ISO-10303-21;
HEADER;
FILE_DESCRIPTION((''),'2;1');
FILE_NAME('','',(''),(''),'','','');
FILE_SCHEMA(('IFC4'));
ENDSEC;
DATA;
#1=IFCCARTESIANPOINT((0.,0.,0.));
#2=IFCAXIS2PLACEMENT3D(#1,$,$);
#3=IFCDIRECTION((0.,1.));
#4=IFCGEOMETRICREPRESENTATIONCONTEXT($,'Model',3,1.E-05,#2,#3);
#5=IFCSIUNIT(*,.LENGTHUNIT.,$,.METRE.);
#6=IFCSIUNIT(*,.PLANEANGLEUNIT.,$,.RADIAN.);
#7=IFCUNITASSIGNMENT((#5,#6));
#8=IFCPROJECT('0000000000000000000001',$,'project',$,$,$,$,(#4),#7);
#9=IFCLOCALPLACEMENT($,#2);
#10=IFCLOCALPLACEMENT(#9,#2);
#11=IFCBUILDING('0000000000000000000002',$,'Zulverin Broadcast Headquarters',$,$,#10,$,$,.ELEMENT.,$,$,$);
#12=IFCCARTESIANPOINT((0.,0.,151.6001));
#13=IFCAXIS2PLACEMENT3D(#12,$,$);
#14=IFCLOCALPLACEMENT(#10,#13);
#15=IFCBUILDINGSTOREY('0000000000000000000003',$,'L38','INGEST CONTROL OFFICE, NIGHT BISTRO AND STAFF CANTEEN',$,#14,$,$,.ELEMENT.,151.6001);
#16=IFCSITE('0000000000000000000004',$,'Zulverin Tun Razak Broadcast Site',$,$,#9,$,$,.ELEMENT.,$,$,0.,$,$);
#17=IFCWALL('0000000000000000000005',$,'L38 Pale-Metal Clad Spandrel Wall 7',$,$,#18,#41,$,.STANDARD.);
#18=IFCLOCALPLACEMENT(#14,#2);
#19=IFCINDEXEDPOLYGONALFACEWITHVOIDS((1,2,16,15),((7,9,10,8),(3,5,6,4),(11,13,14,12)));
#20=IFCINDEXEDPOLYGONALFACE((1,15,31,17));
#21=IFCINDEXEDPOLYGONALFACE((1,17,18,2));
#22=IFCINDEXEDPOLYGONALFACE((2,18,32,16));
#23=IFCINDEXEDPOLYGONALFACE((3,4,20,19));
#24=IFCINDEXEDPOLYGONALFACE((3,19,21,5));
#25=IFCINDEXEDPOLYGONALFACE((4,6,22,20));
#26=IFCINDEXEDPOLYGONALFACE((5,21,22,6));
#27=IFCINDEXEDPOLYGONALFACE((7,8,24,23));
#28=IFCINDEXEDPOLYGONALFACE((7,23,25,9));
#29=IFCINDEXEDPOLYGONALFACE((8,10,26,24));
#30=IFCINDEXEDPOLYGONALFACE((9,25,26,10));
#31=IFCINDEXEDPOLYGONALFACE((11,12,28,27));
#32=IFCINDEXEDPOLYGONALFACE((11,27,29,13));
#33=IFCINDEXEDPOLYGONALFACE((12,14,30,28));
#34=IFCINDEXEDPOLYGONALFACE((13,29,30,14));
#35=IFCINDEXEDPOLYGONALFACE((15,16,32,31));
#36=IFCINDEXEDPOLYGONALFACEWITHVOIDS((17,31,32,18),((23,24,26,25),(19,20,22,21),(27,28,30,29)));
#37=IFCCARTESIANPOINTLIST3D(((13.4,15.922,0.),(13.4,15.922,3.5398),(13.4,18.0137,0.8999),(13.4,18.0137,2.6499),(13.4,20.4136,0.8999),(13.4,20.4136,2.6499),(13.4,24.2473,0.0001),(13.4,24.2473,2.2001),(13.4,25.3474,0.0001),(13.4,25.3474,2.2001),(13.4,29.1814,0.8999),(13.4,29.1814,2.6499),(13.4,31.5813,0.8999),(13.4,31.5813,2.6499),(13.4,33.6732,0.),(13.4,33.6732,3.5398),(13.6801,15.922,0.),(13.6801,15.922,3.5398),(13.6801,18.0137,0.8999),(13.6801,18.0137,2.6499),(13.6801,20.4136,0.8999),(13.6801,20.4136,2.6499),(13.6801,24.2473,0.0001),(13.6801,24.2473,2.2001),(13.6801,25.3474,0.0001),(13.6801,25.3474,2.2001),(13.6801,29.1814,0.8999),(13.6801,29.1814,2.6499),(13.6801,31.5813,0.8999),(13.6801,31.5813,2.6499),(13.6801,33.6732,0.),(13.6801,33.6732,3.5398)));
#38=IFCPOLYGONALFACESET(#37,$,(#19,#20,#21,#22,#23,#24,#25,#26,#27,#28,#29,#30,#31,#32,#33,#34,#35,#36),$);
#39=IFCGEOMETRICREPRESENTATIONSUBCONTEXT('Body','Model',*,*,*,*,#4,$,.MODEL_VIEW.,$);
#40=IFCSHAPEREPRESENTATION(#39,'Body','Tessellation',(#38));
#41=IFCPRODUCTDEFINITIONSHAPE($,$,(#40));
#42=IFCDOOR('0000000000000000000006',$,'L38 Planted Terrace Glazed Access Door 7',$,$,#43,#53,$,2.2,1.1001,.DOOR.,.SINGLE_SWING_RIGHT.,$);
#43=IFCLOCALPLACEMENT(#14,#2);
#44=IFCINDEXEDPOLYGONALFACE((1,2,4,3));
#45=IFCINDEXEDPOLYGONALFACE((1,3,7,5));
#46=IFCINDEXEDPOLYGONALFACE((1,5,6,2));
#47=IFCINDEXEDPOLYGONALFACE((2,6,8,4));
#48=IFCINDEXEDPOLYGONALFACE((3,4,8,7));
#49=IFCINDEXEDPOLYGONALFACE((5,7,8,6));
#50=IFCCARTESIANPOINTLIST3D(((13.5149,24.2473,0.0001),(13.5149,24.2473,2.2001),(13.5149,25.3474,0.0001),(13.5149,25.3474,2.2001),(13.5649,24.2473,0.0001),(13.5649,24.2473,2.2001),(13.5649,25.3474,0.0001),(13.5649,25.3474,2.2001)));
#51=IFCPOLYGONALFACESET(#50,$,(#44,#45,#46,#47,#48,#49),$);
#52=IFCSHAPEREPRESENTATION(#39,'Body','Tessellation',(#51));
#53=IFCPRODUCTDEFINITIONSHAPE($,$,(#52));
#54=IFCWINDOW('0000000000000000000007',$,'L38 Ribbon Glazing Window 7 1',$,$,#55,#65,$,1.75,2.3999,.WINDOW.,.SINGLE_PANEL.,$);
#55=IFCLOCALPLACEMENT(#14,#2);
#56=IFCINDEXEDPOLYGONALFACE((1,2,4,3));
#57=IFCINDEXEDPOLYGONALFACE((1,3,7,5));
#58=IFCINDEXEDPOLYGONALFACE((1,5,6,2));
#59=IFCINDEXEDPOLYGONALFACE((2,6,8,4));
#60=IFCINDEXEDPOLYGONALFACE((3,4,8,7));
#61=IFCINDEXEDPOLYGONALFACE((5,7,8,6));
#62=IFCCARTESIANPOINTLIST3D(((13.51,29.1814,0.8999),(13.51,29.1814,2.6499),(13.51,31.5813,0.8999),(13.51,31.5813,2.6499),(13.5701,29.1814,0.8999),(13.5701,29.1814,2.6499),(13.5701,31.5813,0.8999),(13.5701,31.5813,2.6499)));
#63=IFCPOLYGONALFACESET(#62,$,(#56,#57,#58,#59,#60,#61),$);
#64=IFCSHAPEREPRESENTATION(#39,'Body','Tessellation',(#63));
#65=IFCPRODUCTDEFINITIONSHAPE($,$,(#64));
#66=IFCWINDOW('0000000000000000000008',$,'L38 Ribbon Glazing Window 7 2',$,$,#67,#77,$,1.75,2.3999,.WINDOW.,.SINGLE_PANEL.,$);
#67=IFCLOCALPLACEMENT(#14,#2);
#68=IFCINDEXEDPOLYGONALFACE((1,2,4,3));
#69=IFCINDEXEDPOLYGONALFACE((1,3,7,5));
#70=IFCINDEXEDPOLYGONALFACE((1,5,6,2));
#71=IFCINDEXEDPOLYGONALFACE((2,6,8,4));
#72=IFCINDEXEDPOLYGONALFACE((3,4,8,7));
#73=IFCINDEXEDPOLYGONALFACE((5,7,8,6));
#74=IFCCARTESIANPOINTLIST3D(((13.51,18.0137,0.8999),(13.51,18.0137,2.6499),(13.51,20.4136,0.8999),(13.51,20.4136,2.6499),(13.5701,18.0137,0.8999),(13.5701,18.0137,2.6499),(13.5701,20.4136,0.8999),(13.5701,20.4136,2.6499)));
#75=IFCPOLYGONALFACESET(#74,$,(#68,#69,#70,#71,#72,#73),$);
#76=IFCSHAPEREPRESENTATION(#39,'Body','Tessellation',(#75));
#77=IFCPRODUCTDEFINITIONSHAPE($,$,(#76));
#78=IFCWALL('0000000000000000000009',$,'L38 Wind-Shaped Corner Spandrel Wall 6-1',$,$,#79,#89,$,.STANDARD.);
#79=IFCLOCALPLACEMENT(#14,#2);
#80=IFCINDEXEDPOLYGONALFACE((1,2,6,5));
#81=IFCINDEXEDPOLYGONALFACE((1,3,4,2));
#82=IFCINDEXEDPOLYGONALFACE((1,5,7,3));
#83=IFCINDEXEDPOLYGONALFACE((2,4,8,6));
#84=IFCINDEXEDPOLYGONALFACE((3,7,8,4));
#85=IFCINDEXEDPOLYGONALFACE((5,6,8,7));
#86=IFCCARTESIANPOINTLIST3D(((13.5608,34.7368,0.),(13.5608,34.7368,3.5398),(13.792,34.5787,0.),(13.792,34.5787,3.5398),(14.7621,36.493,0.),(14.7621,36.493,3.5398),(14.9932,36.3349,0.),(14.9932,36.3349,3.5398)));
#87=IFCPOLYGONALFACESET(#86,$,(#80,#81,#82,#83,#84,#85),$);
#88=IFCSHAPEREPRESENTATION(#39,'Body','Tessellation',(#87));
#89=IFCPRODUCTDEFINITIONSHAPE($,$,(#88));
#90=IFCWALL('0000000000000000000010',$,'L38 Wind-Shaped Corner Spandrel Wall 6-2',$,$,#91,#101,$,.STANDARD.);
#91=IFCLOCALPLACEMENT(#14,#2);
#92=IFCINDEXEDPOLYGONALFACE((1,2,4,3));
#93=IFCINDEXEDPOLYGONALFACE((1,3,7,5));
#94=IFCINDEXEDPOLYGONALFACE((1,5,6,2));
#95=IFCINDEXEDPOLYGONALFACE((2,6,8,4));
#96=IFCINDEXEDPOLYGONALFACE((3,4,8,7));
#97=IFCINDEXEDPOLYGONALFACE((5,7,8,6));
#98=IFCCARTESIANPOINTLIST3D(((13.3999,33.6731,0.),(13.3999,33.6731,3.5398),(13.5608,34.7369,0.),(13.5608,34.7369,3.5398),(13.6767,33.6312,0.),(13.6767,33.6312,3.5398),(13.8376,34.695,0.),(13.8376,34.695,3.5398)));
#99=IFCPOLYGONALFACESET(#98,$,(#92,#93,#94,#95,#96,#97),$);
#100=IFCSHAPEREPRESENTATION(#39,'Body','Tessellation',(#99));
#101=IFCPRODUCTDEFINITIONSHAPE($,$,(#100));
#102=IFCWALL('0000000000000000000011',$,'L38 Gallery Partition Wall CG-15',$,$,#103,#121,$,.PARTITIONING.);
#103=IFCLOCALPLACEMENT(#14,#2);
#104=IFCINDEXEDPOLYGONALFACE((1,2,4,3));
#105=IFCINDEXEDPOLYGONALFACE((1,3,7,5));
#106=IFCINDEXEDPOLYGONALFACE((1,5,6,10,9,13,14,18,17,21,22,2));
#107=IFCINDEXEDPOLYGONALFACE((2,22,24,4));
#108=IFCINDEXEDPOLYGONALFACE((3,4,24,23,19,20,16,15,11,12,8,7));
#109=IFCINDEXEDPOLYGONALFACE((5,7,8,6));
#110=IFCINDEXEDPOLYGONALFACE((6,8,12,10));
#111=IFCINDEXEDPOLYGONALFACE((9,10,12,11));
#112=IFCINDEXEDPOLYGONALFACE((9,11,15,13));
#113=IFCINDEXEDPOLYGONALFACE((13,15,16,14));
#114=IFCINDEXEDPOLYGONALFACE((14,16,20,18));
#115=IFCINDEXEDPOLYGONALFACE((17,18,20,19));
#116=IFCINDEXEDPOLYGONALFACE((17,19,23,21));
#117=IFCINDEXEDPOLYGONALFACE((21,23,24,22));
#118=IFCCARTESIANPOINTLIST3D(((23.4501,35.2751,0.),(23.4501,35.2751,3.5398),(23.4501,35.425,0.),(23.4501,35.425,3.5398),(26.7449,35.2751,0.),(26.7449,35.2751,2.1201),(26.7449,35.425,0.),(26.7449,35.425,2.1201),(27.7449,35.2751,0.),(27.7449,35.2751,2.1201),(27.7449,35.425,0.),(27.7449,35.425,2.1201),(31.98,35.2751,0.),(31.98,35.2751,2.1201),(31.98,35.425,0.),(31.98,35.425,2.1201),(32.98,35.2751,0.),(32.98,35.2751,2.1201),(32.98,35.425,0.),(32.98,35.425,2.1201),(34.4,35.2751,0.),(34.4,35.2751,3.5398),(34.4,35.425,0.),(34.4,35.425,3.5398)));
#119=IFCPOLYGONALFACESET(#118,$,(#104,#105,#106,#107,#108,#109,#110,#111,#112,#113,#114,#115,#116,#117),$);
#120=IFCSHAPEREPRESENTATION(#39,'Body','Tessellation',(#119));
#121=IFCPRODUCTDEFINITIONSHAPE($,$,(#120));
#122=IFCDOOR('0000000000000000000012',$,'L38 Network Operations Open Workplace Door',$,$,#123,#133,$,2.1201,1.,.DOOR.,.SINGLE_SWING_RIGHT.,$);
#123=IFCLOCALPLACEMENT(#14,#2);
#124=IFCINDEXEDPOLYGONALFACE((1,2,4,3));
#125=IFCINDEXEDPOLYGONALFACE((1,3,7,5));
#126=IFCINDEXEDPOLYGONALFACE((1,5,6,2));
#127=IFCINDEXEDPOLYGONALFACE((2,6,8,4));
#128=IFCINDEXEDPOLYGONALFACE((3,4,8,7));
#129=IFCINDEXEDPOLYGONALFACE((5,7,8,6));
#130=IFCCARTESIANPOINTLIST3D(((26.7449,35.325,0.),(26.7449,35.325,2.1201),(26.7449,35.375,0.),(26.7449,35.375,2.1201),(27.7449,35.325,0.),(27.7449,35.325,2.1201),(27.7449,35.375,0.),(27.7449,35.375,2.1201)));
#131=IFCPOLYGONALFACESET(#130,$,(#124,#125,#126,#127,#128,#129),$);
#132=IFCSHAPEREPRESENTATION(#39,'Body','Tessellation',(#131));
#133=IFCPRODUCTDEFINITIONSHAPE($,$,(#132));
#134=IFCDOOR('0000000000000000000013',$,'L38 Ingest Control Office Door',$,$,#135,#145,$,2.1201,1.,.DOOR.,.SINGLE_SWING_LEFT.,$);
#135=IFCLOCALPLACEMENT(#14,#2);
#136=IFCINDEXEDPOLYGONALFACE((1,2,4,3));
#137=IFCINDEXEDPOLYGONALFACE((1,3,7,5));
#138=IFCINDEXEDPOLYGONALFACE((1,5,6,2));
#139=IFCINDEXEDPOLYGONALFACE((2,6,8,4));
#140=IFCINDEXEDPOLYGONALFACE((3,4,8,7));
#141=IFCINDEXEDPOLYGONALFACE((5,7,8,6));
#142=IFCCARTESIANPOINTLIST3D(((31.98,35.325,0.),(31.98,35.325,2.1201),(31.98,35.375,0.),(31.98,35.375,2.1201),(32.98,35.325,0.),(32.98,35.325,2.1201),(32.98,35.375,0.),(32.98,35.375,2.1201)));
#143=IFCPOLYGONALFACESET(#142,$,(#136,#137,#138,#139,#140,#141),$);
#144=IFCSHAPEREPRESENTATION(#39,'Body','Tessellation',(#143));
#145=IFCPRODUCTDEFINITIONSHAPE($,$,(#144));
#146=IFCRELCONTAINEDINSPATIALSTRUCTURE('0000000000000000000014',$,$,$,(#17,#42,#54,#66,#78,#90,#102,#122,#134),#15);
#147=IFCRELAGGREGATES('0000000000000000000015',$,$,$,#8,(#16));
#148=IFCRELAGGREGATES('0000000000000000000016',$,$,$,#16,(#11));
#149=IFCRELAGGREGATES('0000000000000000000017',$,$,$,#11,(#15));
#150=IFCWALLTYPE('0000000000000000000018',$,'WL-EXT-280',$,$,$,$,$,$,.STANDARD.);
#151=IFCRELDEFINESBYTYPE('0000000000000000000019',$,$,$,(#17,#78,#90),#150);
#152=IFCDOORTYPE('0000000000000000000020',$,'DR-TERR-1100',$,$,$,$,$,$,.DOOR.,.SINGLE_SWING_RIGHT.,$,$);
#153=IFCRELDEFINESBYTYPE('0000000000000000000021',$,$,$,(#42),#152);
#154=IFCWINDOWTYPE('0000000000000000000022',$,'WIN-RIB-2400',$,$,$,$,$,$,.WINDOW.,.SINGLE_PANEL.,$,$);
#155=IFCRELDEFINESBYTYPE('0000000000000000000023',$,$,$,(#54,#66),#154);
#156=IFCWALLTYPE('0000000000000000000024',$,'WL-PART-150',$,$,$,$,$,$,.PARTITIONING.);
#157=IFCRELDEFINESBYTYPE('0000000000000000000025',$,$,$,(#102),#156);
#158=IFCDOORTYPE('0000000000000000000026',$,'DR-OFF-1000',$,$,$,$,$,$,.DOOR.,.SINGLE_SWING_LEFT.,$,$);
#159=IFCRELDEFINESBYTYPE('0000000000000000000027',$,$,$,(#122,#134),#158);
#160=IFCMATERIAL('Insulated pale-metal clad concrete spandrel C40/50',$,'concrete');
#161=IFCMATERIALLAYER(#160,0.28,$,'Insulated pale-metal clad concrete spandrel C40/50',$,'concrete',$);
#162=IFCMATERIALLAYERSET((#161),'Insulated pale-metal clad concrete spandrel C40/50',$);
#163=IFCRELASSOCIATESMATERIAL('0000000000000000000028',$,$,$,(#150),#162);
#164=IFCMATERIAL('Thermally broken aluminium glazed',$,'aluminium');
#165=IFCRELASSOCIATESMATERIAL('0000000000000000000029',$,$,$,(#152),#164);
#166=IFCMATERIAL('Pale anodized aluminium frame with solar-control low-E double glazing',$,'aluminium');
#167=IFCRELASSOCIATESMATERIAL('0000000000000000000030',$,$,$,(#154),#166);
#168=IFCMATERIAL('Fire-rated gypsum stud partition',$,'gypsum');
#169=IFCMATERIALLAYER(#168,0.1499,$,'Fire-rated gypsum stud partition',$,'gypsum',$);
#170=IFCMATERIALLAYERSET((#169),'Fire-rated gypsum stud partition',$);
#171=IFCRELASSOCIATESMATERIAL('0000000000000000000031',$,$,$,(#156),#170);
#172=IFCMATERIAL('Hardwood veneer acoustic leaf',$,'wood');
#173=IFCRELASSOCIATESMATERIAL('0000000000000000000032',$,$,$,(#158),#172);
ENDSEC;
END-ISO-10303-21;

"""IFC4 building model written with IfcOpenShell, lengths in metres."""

from ifc_helpers import new_model, si_unit, direction, frame, frame_2d, origin, place, context, subcontext, project, spatial, rectangle, extrude, material, layer, layer_set, type_object, element, fill, save


model = new_model("IFC4")

# Units and contexts
model_context = context("Model", 3, precision=1e-05, world=origin(), true_north=direction((0.0, 1.0)))
body_context = subcontext(model_context, "Body", "Model", "MODEL_VIEW")
ifc_project = project(units=[si_unit("LENGTHUNIT", "METRE"), si_unit("PLANEANGLEUNIT", "RADIAN")], contexts=[model_context])

# Site, building, storey
site_placement = place(None, origin())
site = spatial("IfcSite", under=ifc_project, at=site_placement, Name="Zulverin Tun Razak Broadcast Site", CompositionType="ELEMENT", RefElevation=0.0)
building_placement = place(site_placement, origin())
building = spatial("IfcBuilding", under=site, at=building_placement, Name="Zulverin Broadcast Headquarters", CompositionType="ELEMENT")
storey_placement = place(building_placement, frame((0.0, 0.0, 151.6001)))
storey = spatial("IfcBuildingStorey", under=building, at=storey_placement, Name="L38", Description="INGEST CONTROL OFFICE, NIGHT BISTRO AND STAFF CANTEEN", CompositionType="ELEMENT", Elevation=151.6001)

# Wall, openings, door, windows
ifc_material_1 = material(Name="Insulated pale-metal clad concrete spandrel C40/50", Category="concrete")
ifc_layer_1 = layer(ifc_material_1, 0.28, Name="Insulated pale-metal clad concrete spandrel C40/50", Category="concrete")
ifc_layer_set_1 = layer_set([ifc_layer_1], Name="Insulated pale-metal clad concrete spandrel C40/50")
wall_type_1 = type_object("IfcWallType", Name="WL-EXT-280", PredefinedType="STANDARD", material=ifc_layer_set_1)
wall_1_placement = place(storey_placement, frame((13.54, 33.6731, 0.0), z_axis=(0.0, 0.0, 1.0), x_axis=(0.0, -1.0, 0.0)))
wall_1 = element("IfcWall", 1, at=wall_1_placement, inside=storey, type_object=wall_type_1, Name="L38 Pale-Metal Clad Spandrel Wall 7", PredefinedType="STANDARD", context=body_context, shape_type="SweptSolid", body=[
    extrude(rectangle(XDim=17.7512, YDim=0.28, at=frame_2d((8.8755, 0.0))), origin(), (0.0, 0.0, 1.0), 3.5398),
])
opening_1_placement = place(wall_1_placement, frame((8.3257, 0.0, 0.0)))
opening_1 = element("IfcOpeningElement", 2, at=opening_1_placement, cuts=wall_1, PredefinedType="OPENING", context=body_context, shape_type="SweptSolid", body=[
    extrude(rectangle(XDim=1.1001, YDim=2.2, at=frame_2d((0.55, 1.1001))), frame((0.0, 0.1499, 0.0), z_axis=(0.0, -1.0, 0.0), x_axis=(1.0, 0.0, 0.0)), (0.0, 0.0, 1.0), 0.3),
])
opening_2_placement = place(wall_1_placement, frame((2.0918, 0.0, 0.8999)))
opening_2 = element("IfcOpeningElement", 3, at=opening_2_placement, cuts=wall_1, PredefinedType="OPENING", context=body_context, shape_type="SweptSolid", body=[
    extrude(rectangle(XDim=2.3999, YDim=1.75, at=frame_2d((1.2, 0.875))), frame((0.0, 0.1499, 0.0), z_axis=(0.0, -1.0, 0.0), x_axis=(1.0, 0.0, 0.0)), (0.0, 0.0, 1.0), 0.3),
])
opening_3_placement = place(wall_1_placement, frame((13.2595, 0.0, 0.8999)))
opening_3 = element("IfcOpeningElement", 4, at=opening_3_placement, cuts=wall_1, PredefinedType="OPENING", context=body_context, shape_type="SweptSolid", body=[
    extrude(rectangle(XDim=2.3999, YDim=1.75, at=frame_2d((1.2, 0.875))), frame((0.0, 0.1499, 0.0), z_axis=(0.0, -1.0, 0.0), x_axis=(1.0, 0.0, 0.0)), (0.0, 0.0, 1.0), 0.3),
])
ifc_material_2 = material(Name="Thermally broken aluminium glazed", Category="aluminium")
door_type_1 = type_object("IfcDoorType", Name="DR-TERR-1100", OperationType="SINGLE_SWING_RIGHT", PredefinedType="DOOR", material=ifc_material_2)
door_1_placement = place(opening_1_placement, origin())
door_1 = element("IfcDoor", 5, at=door_1_placement, inside=storey, type_object=door_type_1, Name="L38 Planted Terrace Glazed Access Door 7", OperationType="SINGLE_SWING_RIGHT", OverallHeight=2.2, OverallWidth=1.1001, PredefinedType="DOOR", context=body_context, shape_type="SweptSolid", body=[
    extrude(rectangle(XDim=1.1001, YDim=2.2, at=frame_2d((0.55, 1.1001))), frame((0.0, 0.0249, 0.0), z_axis=(0.0, -1.0, 0.0), x_axis=(1.0, 0.0, 0.0)), (0.0, 0.0, 1.0), 0.05),
])
fill(opening_1, door_1)
ifc_material_3 = material(Name="Pale anodized aluminium frame with solar-control low-E double glazing", Category="aluminium")
window_type = type_object("IfcWindowType", Name="WIN-RIB-2400", PartitioningType="SINGLE_PANEL", PredefinedType="WINDOW", material=ifc_material_3)
window_1_placement = place(opening_2_placement, origin())
window_1 = element("IfcWindow", 6, at=window_1_placement, inside=storey, type_object=window_type, Name="L38 Ribbon Glazing Window 7 1", OverallHeight=1.75, OverallWidth=2.3999, PartitioningType="SINGLE_PANEL", PredefinedType="WINDOW", context=body_context, shape_type="SweptSolid", body=[
    extrude(rectangle(XDim=2.3999, YDim=1.75, at=frame_2d((1.2, 0.875))), frame((0.0, 0.03, 0.0), z_axis=(0.0, -1.0, 0.0), x_axis=(1.0, 0.0, 0.0)), (0.0, 0.0, 1.0), 0.0601),
])
fill(opening_2, window_1)
window_2_placement = place(opening_3_placement, origin())
window_2 = element("IfcWindow", 7, at=window_2_placement, inside=storey, type_object=window_type, Name="L38 Ribbon Glazing Window 7 2", OverallHeight=1.75, OverallWidth=2.3999, PartitioningType="SINGLE_PANEL", PredefinedType="WINDOW", context=body_context, shape_type="SweptSolid", body=[
    extrude(rectangle(XDim=2.3999, YDim=1.75, at=frame_2d((1.2, 0.875))), frame((0.0, 0.03, 0.0), z_axis=(0.0, -1.0, 0.0), x_axis=(1.0, 0.0, 0.0)), (0.0, 0.0, 1.0), 0.0601),
])
fill(opening_3, window_2)

# Walls
wall_2_placement = place(storey_placement, frame((14.8777, 36.4141, 0.0), z_axis=(0.0, 0.0, 1.0), x_axis=(-0.564565, -0.825389, 0.0)))
element("IfcWall", 8, at=wall_2_placement, inside=storey, type_object=wall_type_1, Name="L38 Wind-Shaped Corner Spandrel Wall 6-1", PredefinedType="STANDARD", context=body_context, shape_type="SweptSolid", body=[
    extrude(rectangle(XDim=2.1277, YDim=0.28, at=frame_2d((1.064, 0.0))), origin(), (0.0, 0.0, 1.0), 3.5398),
])
wall_3_placement = place(storey_placement, frame((13.6992, 34.7161, 0.0), z_axis=(0.0, 0.0, 1.0), x_axis=(-0.14955, -0.988754, 0.0)))
element("IfcWall", 9, at=wall_3_placement, inside=storey, type_object=wall_type_1, Name="L38 Wind-Shaped Corner Spandrel Wall 6-2", PredefinedType="STANDARD", context=body_context, shape_type="SweptSolid", body=[
    extrude(rectangle(XDim=1.0759, YDim=0.28, at=frame_2d((0.5381, 0.0))), origin(), (0.0, 0.0, 1.0), 3.5398),
])

# Wall, openings, doors
ifc_material_4 = material(Name="Fire-rated gypsum stud partition", Category="gypsum")
ifc_layer_2 = layer(ifc_material_4, 0.1499, Name="Fire-rated gypsum stud partition", Category="gypsum")
ifc_layer_set_2 = layer_set([ifc_layer_2], Name="Fire-rated gypsum stud partition")
wall_type_2 = type_object("IfcWallType", Name="WL-PART-150", PredefinedType="PARTITIONING", material=ifc_layer_set_2)
wall_4_placement = place(storey_placement, frame((23.45, 35.3501, 0.0), z_axis=(0.0, 0.0, 1.0), x_axis=(1.0, 0.0, 0.0)))
wall_4 = element("IfcWall", 10, at=wall_4_placement, inside=storey, type_object=wall_type_2, Name="L38 Gallery Partition Wall CG-15", PredefinedType="PARTITIONING", context=body_context, shape_type="SweptSolid", body=[
    extrude(rectangle(XDim=10.95, YDim=0.1499, at=frame_2d((5.4751, 0.0))), origin(), (0.0, 0.0, 1.0), 3.5398),
])
opening_4_placement = place(wall_4_placement, frame((3.2949, 0.0, 0.0)))
opening_4 = element("IfcOpeningElement", 11, at=opening_4_placement, cuts=wall_4, PredefinedType="OPENING", context=body_context, shape_type="SweptSolid", body=[
    extrude(rectangle(XDim=1.0, YDim=2.1201, at=frame_2d((0.5, 1.0601))), frame((0.0, 0.085, 0.0), z_axis=(0.0, -1.0, 0.0), x_axis=(1.0, 0.0, 0.0)), (0.0, 0.0, 1.0), 0.1699),
])
opening_5_placement = place(wall_4_placement, frame((8.53, 0.0, 0.0)))
opening_5 = element("IfcOpeningElement", 12, at=opening_5_placement, cuts=wall_4, PredefinedType="OPENING", context=body_context, shape_type="SweptSolid", body=[
    extrude(rectangle(XDim=1.0, YDim=2.1201, at=frame_2d((0.5, 1.0601))), frame((0.0, 0.085, 0.0), z_axis=(0.0, -1.0, 0.0), x_axis=(1.0, 0.0, 0.0)), (0.0, 0.0, 1.0), 0.1699),
])
ifc_material_5 = material(Name="Hardwood veneer acoustic leaf", Category="wood")
door_type_2 = type_object("IfcDoorType", Name="DR-OFF-1000", OperationType="SINGLE_SWING_LEFT", PredefinedType="DOOR", material=ifc_material_5)
door_2_placement = place(opening_4_placement, origin())
door_2 = element("IfcDoor", 13, at=door_2_placement, inside=storey, type_object=door_type_2, Name="L38 Network Operations Open Workplace Door", OperationType="SINGLE_SWING_RIGHT", OverallHeight=2.1201, OverallWidth=1.0, PredefinedType="DOOR", context=body_context, shape_type="SweptSolid", body=[
    extrude(rectangle(XDim=1.0, YDim=2.1201, at=frame_2d((0.5, 1.0601))), frame((0.0, 0.0249, 0.0), z_axis=(0.0, -1.0, 0.0), x_axis=(1.0, 0.0, 0.0)), (0.0, 0.0, 1.0), 0.05),
])
fill(opening_4, door_2)
door_3_placement = place(opening_5_placement, origin())
door_3 = element("IfcDoor", 14, at=door_3_placement, inside=storey, type_object=door_type_2, Name="L38 Ingest Control Office Door", OperationType="SINGLE_SWING_LEFT", OverallHeight=2.1201, OverallWidth=1.0, PredefinedType="DOOR", context=body_context, shape_type="SweptSolid", body=[
    extrude(rectangle(XDim=1.0, YDim=2.1201, at=frame_2d((0.5, 1.0601))), frame((0.0, 0.0249, 0.0), z_axis=(0.0, -1.0, 0.0), x_axis=(1.0, 0.0, 0.0)), (0.0, 0.0, 1.0), 0.05),
])
fill(opening_5, door_3)

save(model, "model.ifc")
